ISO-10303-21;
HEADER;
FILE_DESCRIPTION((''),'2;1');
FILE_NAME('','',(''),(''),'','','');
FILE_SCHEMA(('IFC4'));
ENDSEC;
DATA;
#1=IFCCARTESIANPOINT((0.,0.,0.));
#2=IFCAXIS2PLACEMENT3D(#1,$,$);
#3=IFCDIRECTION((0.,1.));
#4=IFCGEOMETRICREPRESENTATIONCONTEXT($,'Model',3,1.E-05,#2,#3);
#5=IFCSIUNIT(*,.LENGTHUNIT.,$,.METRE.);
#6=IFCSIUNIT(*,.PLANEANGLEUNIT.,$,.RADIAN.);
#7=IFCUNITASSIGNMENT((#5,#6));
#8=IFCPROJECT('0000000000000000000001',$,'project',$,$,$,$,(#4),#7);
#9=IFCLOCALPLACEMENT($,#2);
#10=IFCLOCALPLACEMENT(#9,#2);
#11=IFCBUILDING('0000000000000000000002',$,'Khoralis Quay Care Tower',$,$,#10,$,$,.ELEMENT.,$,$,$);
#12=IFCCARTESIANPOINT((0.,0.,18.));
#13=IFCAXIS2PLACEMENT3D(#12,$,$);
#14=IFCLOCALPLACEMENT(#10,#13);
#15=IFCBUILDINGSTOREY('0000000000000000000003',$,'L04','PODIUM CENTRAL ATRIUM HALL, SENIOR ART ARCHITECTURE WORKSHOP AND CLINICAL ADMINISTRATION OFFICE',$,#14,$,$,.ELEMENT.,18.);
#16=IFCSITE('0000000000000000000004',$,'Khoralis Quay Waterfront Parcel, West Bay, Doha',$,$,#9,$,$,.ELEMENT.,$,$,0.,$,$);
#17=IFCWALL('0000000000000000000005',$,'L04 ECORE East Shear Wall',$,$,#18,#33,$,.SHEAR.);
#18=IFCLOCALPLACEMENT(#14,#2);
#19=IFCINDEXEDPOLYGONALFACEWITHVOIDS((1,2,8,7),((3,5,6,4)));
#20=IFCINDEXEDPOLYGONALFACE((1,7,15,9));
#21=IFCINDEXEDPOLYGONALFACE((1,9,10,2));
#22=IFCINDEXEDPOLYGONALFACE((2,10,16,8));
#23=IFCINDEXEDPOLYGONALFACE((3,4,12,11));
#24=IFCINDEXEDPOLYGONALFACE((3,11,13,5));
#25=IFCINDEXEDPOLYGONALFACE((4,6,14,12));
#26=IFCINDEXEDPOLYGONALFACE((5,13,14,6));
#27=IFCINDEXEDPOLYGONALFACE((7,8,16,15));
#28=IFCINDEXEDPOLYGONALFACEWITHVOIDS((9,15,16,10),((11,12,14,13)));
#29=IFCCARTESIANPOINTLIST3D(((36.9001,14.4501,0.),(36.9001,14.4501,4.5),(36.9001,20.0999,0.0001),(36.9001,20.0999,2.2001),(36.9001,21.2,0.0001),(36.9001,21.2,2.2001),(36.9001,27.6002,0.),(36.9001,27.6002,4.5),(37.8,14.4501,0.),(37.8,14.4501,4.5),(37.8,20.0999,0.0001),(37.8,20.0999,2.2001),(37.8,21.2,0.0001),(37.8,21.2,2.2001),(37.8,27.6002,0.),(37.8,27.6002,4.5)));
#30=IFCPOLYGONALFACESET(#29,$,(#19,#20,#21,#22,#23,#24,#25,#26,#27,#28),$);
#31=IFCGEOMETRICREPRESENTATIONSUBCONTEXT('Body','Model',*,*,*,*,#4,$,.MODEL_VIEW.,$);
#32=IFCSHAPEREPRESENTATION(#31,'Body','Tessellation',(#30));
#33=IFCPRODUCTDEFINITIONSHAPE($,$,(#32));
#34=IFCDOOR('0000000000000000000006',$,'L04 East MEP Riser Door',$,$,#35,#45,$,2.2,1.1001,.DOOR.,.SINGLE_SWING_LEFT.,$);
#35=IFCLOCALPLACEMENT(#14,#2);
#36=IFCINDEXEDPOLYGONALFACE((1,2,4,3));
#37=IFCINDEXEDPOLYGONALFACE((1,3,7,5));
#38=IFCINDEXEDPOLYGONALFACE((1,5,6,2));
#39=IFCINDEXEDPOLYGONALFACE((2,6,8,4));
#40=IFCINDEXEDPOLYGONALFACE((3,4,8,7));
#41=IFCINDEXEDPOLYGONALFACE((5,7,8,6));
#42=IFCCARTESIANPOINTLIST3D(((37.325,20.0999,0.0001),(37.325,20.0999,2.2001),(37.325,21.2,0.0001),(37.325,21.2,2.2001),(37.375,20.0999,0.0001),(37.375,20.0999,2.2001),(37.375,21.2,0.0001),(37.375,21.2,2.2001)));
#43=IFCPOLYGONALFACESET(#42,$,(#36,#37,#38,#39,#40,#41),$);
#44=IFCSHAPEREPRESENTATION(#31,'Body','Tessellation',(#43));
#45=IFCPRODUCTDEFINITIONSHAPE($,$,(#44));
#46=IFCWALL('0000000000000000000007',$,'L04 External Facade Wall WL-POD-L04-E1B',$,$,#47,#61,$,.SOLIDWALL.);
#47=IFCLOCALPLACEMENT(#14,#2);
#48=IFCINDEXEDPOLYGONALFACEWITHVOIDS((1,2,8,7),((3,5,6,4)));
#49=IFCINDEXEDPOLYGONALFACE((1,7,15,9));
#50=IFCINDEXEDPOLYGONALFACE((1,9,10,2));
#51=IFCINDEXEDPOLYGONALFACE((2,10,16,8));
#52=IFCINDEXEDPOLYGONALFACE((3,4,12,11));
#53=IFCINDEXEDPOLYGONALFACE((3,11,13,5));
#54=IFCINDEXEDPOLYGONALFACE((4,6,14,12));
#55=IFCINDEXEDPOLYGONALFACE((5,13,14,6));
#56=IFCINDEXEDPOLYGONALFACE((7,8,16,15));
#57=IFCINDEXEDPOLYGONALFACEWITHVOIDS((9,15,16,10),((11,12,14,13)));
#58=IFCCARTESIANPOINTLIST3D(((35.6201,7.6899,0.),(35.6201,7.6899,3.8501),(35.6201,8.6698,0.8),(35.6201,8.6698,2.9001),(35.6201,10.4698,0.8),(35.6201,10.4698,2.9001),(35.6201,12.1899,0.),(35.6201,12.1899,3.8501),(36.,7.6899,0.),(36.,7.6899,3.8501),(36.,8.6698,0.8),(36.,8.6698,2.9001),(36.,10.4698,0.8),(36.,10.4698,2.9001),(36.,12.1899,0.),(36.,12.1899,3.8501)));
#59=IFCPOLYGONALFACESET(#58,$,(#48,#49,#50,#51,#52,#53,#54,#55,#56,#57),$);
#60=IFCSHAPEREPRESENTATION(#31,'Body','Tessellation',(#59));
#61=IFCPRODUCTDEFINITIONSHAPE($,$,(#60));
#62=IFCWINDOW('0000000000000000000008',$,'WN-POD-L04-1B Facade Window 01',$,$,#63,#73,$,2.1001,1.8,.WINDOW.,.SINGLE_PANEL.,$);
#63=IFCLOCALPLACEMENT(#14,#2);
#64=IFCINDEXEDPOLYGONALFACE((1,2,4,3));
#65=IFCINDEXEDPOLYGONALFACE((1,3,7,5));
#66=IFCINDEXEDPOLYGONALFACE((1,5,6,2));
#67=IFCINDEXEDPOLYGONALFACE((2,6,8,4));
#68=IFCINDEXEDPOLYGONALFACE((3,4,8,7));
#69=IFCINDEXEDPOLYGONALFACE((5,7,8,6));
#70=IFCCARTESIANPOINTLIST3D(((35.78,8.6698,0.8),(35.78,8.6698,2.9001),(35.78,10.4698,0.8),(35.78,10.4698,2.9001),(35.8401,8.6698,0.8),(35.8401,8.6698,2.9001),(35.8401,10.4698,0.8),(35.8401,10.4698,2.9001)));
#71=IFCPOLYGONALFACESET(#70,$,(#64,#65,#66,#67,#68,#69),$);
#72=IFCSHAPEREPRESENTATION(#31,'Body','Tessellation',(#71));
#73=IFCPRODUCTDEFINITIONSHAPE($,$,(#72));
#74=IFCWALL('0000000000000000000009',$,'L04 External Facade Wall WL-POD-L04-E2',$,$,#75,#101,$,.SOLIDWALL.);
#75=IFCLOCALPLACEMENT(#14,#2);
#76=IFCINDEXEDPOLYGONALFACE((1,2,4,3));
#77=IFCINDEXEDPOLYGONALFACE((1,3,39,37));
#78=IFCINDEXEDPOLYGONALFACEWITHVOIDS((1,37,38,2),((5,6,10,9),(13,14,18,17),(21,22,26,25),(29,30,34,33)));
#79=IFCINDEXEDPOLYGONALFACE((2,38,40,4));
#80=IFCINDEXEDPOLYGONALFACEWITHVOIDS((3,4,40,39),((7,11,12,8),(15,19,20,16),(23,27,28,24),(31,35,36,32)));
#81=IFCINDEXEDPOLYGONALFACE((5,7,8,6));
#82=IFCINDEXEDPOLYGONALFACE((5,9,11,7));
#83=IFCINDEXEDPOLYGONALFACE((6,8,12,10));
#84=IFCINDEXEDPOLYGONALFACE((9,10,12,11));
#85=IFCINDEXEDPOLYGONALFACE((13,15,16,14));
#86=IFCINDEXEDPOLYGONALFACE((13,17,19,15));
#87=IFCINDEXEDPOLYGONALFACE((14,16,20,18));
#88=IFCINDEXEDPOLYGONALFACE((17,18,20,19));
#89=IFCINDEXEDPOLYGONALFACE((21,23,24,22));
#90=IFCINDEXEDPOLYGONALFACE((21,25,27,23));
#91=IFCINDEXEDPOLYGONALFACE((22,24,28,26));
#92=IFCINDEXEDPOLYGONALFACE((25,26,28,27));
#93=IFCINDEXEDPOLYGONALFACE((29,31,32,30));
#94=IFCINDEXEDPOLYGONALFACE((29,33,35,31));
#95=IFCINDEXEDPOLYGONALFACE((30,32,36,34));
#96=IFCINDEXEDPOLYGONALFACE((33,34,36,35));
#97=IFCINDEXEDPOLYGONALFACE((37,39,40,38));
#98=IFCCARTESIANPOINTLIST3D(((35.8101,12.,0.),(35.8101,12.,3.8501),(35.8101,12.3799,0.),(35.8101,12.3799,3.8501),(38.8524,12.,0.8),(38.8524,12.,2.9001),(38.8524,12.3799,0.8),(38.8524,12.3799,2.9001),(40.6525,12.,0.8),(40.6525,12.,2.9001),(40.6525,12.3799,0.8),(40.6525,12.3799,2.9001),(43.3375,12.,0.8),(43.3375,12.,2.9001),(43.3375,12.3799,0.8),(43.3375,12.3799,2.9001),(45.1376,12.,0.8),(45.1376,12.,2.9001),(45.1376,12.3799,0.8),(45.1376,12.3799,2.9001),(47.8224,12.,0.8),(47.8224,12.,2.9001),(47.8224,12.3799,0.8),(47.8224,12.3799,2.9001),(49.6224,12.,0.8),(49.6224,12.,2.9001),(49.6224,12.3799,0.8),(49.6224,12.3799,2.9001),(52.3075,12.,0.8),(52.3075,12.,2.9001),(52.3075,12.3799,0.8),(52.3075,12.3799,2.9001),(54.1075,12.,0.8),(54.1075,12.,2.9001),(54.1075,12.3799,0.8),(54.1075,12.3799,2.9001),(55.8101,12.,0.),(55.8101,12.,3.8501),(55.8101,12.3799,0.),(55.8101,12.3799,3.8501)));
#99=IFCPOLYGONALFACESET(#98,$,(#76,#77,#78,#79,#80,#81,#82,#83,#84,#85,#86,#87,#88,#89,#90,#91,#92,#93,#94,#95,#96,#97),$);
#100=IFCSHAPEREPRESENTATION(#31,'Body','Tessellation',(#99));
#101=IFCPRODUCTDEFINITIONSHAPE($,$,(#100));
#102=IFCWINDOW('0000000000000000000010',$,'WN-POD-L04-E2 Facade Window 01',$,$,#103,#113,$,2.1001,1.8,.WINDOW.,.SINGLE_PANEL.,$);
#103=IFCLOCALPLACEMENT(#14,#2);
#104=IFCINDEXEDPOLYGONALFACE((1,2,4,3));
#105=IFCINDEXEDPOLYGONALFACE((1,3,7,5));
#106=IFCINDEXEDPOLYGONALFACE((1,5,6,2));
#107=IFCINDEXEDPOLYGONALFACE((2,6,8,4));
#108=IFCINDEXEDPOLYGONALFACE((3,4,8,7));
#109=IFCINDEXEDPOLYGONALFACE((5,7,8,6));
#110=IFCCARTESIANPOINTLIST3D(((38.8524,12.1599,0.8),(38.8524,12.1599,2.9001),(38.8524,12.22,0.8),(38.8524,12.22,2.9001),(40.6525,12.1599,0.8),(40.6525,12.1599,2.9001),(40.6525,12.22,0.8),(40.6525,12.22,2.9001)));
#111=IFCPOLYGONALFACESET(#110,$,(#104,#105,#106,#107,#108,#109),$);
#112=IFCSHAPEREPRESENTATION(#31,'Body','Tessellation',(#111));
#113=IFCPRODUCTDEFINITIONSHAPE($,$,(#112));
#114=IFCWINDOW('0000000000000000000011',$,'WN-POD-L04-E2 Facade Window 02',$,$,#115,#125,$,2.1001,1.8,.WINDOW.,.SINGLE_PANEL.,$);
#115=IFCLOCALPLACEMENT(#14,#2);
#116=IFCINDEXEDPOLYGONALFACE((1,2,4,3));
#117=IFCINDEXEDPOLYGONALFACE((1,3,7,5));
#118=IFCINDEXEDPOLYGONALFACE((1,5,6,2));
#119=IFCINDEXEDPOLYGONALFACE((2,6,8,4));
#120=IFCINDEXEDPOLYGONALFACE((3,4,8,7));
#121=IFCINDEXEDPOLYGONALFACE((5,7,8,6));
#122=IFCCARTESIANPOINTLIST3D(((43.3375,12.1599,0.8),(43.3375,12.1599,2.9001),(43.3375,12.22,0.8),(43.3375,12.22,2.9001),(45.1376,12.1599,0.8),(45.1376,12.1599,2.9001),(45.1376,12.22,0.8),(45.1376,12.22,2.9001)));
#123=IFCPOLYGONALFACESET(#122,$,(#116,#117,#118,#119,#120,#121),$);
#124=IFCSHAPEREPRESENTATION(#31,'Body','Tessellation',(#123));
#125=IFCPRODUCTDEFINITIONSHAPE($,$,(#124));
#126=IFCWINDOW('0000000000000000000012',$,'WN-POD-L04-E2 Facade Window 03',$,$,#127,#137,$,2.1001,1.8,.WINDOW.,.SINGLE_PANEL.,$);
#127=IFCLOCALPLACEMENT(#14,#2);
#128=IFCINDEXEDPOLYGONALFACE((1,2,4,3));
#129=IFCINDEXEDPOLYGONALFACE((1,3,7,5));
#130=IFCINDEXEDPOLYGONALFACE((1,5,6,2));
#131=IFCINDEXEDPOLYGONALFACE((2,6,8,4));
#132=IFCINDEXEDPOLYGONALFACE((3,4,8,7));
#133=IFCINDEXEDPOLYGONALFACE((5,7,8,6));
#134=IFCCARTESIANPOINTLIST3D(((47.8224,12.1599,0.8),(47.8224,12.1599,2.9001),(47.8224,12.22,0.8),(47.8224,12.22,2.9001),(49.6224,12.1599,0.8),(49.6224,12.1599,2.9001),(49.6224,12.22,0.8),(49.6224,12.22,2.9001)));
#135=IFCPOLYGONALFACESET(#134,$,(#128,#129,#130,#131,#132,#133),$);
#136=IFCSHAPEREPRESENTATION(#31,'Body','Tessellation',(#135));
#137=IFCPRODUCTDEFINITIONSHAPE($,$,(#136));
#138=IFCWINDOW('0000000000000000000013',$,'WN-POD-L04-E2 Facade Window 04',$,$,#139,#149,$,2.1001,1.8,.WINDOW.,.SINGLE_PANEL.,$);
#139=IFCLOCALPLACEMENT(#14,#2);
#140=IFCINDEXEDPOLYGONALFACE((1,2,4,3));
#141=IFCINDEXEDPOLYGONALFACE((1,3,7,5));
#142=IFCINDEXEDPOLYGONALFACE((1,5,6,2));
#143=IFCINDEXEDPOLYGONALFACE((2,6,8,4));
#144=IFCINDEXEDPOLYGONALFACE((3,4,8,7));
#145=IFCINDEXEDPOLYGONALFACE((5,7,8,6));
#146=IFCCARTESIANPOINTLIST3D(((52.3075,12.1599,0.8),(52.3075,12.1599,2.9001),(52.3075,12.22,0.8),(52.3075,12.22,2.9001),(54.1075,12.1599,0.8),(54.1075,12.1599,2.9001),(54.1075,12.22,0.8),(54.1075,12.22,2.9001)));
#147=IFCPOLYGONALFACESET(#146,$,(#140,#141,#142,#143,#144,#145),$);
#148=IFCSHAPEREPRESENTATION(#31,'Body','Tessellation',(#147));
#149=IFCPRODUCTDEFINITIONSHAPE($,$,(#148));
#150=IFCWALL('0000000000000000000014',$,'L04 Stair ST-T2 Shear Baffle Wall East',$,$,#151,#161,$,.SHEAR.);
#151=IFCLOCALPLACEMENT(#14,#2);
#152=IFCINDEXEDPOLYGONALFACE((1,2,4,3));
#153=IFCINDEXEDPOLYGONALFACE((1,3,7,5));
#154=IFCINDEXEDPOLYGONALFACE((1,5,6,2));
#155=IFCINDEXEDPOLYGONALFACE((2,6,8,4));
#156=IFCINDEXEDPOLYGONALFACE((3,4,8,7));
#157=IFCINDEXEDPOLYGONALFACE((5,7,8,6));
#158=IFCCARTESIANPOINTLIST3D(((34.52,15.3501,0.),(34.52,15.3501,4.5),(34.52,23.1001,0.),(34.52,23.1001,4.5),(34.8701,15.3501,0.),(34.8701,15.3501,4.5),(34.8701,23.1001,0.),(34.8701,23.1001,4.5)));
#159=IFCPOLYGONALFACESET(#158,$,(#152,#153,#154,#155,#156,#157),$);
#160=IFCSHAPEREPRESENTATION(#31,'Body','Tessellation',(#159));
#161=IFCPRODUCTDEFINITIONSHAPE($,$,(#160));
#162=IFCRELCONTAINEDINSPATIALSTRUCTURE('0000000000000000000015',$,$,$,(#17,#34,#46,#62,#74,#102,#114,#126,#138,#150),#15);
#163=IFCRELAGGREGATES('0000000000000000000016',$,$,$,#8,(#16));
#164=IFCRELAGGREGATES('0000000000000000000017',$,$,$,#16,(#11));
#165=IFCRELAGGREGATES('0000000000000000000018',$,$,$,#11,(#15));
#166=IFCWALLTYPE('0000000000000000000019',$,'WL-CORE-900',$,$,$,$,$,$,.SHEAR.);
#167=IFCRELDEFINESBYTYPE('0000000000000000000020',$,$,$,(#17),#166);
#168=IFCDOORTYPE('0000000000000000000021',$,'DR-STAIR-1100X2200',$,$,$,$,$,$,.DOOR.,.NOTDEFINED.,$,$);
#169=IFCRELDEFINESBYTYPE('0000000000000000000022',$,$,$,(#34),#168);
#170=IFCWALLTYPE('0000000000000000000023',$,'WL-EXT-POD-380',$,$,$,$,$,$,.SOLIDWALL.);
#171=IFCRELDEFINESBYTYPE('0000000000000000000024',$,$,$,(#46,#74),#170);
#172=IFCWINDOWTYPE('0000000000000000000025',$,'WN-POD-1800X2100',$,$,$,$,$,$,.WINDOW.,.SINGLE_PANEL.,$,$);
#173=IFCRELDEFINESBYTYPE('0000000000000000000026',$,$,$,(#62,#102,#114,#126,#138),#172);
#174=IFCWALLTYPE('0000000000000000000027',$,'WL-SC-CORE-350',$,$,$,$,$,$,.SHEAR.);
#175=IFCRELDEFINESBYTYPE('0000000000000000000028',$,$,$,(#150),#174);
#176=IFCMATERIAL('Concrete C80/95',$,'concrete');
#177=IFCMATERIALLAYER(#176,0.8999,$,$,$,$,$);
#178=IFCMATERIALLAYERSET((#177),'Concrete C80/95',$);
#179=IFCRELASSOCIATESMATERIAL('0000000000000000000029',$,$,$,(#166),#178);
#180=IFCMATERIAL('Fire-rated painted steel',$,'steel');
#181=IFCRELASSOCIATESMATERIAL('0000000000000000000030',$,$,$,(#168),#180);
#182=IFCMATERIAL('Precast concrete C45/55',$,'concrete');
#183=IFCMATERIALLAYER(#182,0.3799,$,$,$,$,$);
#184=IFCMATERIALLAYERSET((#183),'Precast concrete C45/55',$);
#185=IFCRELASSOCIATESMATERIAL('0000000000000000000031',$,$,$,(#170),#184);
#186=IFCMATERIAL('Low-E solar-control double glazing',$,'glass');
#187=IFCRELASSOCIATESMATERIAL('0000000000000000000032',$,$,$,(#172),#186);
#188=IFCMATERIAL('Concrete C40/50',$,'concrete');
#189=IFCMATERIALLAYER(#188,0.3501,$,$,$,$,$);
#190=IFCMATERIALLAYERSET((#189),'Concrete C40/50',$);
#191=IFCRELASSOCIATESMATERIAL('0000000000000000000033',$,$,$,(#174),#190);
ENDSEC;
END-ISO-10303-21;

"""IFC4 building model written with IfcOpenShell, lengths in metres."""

from ifc_helpers import new_model, si_unit, direction, frame, frame_2d, origin, place, context, subcontext, project, spatial, rectangle, extrude, source, transform, mapped, material, layer, layer_set, type_object, element, fill, save


model = new_model("IFC4")

# Units and contexts
model_context = context("Model", 3, precision=1e-05, world=origin(), true_north=direction((0.0, 1.0)))
body_context = subcontext(model_context, "Body", "Model", "MODEL_VIEW")
ifc_project = project(units=[si_unit("LENGTHUNIT", "METRE"), si_unit("PLANEANGLEUNIT", "RADIAN")], contexts=[model_context])

# Site, building, storey
site_placement = place(None, origin())
site = spatial("IfcSite", under=ifc_project, at=site_placement, Name="Khoralis Quay Waterfront Parcel, West Bay, Doha", CompositionType="ELEMENT", RefElevation=0.0)
building_placement = place(site_placement, origin())
building = spatial("IfcBuilding", under=site, at=building_placement, Name="Khoralis Quay Care Tower", CompositionType="ELEMENT")
storey_placement = place(building_placement, frame((0.0, 0.0, 18.0)))
storey = spatial("IfcBuildingStorey", under=building, at=storey_placement, Name="L04", Description="PODIUM CENTRAL ATRIUM HALL, SENIOR ART ARCHITECTURE WORKSHOP AND CLINICAL ADMINISTRATION OFFICE", CompositionType="ELEMENT", Elevation=18.0)

# Shared definitions
ifc_material_1 = material(Name="Concrete C80/95", Category="concrete")

# Shared definitions
ifc_material_2 = material(Name="Low-E solar-control double glazing", Category="glass")

# Wall, opening, door
ifc_layer_1 = layer(ifc_material_1, 0.8999)
ifc_layer_set_1 = layer_set([ifc_layer_1], Name="Concrete C80/95")
wall_type_1 = type_object("IfcWallType", Name="WL-CORE-900", PredefinedType="SHEAR", material=ifc_layer_set_1)
wall_1_placement = place(storey_placement, frame((37.3501, 14.45, 0.0), z_axis=(0.0, 0.0, 1.0), x_axis=(0.0, 1.0, 0.0)))
wall_1 = element("IfcWall", 1, at=wall_1_placement, inside=storey, type_object=wall_type_1, Name="L04 ECORE East Shear Wall", PredefinedType="SHEAR", context=body_context, shape_type="SweptSolid", body=[
    extrude(rectangle(XDim=13.1501, YDim=0.8999, at=frame_2d((6.5752, 0.0))), origin(), (0.0, 0.0, 1.0), 4.5),
])
opening_1_placement = place(wall_1_placement, frame((5.6499, 0.0, 0.0)))
opening_1 = element("IfcOpeningElement", 2, at=opening_1_placement, cuts=wall_1, PredefinedType="OPENING", context=body_context, shape_type="SweptSolid", body=[
    extrude(rectangle(XDim=1.1001, YDim=2.2, at=frame_2d((0.55, 1.1001))), frame((0.0, 0.46, 0.0), z_axis=(0.0, -1.0, 0.0), x_axis=(1.0, 0.0, 0.0)), (0.0, 0.0, 1.0), 0.9199),
])
ifc_material_3 = material(Name="Fire-rated painted steel", Category="steel")
door_type = type_object("IfcDoorType", Name="DR-STAIR-1100X2200", OperationType="NOTDEFINED", PredefinedType="DOOR", material=ifc_material_3)
shared_shape_1 = source(origin(), body_context, "Body", "SweptSolid", [
    extrude(rectangle(XDim=1.1001, YDim=2.2, at=frame_2d((0.55, 1.1001))), frame((0.0, 0.0249, 0.0), z_axis=(0.0, -1.0, 0.0), x_axis=(1.0, 0.0, 0.0)), (0.0, 0.0, 1.0), 0.05),
])
door_placement = place(opening_1_placement, frame((1.1001, 0.0, 0.0), z_axis=(0.0, 0.0, 1.0), x_axis=(-1.0, 0.0, 0.0)))
door = element("IfcDoor", 3, at=door_placement, inside=storey, type_object=door_type, Name="L04 East MEP Riser Door", OperationType="SINGLE_SWING_LEFT", OverallHeight=2.2, OverallWidth=1.1001, PredefinedType="DOOR", context=body_context, shape_type="MappedRepresentation", body=[
    mapped(shared_shape_1, transform((0.0, 0.0, 0.0), scale=1.0)),
])
fill(opening_1, door)

# Wall, opening, window
ifc_material_4 = material(Name="Precast concrete C45/55", Category="concrete")
ifc_layer_2 = layer(ifc_material_4, 0.3799)
ifc_layer_set_2 = layer_set([ifc_layer_2], Name="Precast concrete C45/55")
wall_type_2 = type_object("IfcWallType", Name="WL-EXT-POD-380", PredefinedType="SOLIDWALL", material=ifc_layer_set_2)
wall_2_placement = place(storey_placement, frame((35.8101, 7.6899, 0.0), z_axis=(0.0, 0.0, 1.0), x_axis=(0.0, 1.0, 0.0)))
wall_2 = element("IfcWall", 4, at=wall_2_placement, inside=storey, type_object=wall_type_2, Name="L04 External Facade Wall WL-POD-L04-E1B", PredefinedType="SOLIDWALL", context=body_context, shape_type="SweptSolid", body=[
    extrude(rectangle(XDim=4.5, YDim=0.3799, at=frame_2d((2.25, 0.0))), origin(), (0.0, 0.0, 1.0), 3.8501),
])
opening_2_placement = place(wall_2_placement, frame((0.98, 0.0, 0.8)))
opening_2 = element("IfcOpeningElement", 5, at=opening_2_placement, cuts=wall_2, PredefinedType="OPENING", context=body_context, shape_type="SweptSolid", body=[
    extrude(rectangle(XDim=1.8, YDim=2.1001, at=frame_2d((0.8999, 1.05))), frame((0.0, 0.2, 0.0), z_axis=(0.0, -1.0, 0.0), x_axis=(1.0, 0.0, 0.0)), (0.0, 0.0, 1.0), 0.3999),
])
window_type = type_object("IfcWindowType", Name="WN-POD-1800X2100", PartitioningType="SINGLE_PANEL", PredefinedType="WINDOW", material=ifc_material_2)
shared_shape_2 = source(origin(), body_context, "Body", "SweptSolid", [
    extrude(rectangle(XDim=1.8, YDim=2.1001, at=frame_2d((0.8999, 1.05))), frame((0.0, 0.03, 0.0), z_axis=(0.0, -1.0, 0.0), x_axis=(1.0, 0.0, 0.0)), (0.0, 0.0, 1.0), 0.0601),
])
window_1_placement = place(opening_2_placement, origin())
window_1 = element("IfcWindow", 6, at=window_1_placement, inside=storey, type_object=window_type, Name="WN-POD-L04-1B Facade Window 01", OverallHeight=2.1001, OverallWidth=1.8, PartitioningType="SINGLE_PANEL", PredefinedType="WINDOW", context=body_context, shape_type="MappedRepresentation", body=[
    mapped(shared_shape_2, transform((0.0, 0.0, 0.0), scale=1.0)),
])
fill(opening_2, window_1)

# Wall, openings, windows
wall_3_placement = place(storey_placement, frame((35.8101, 12.1899, 0.0), z_axis=(0.0, 0.0, 1.0), x_axis=(1.0, 0.0, 0.0)))
wall_3 = element("IfcWall", 7, at=wall_3_placement, inside=storey, type_object=wall_type_2, Name="L04 External Facade Wall WL-POD-L04-E2", PredefinedType="SOLIDWALL", context=body_context, shape_type="SweptSolid", body=[
    extrude(rectangle(XDim=20.0, YDim=0.3799, at=frame_2d((10.0, 0.0))), origin(), (0.0, 0.0, 1.0), 3.8501),
])
opening_3_placement = place(wall_3_placement, frame((3.0425, 0.0, 0.8)))
opening_3 = element("IfcOpeningElement", 8, at=opening_3_placement, cuts=wall_3, PredefinedType="OPENING", context=body_context, shape_type="SweptSolid", body=[
    extrude(rectangle(XDim=1.8, YDim=2.1001, at=frame_2d((0.8999, 1.05))), frame((0.0, 0.2, 0.0), z_axis=(0.0, -1.0, 0.0), x_axis=(1.0, 0.0, 0.0)), (0.0, 0.0, 1.0), 0.3999),
])
opening_4_placement = place(wall_3_placement, frame((7.5276, 0.0, 0.8)))
opening_4 = element("IfcOpeningElement", 9, at=opening_4_placement, cuts=wall_3, PredefinedType="OPENING", context=body_context, shape_type="SweptSolid", body=[
    extrude(rectangle(XDim=1.8, YDim=2.1001, at=frame_2d((0.8999, 1.05))), frame((0.0, 0.2, 0.0), z_axis=(0.0, -1.0, 0.0), x_axis=(1.0, 0.0, 0.0)), (0.0, 0.0, 1.0), 0.3999),
])
opening_5_placement = place(wall_3_placement, frame((12.0125, 0.0, 0.8)))
opening_5 = element("IfcOpeningElement", 10, at=opening_5_placement, cuts=wall_3, PredefinedType="OPENING", context=body_context, shape_type="SweptSolid", body=[
    extrude(rectangle(XDim=1.8, YDim=2.1001, at=frame_2d((0.8999, 1.05))), frame((0.0, 0.2, 0.0), z_axis=(0.0, -1.0, 0.0), x_axis=(1.0, 0.0, 0.0)), (0.0, 0.0, 1.0), 0.3999),
])
opening_6_placement = place(wall_3_placement, frame((16.4976, 0.0, 0.8)))
opening_6 = element("IfcOpeningElement", 11, at=opening_6_placement, cuts=wall_3, PredefinedType="OPENING", context=body_context, shape_type="SweptSolid", body=[
    extrude(rectangle(XDim=1.8, YDim=2.1001, at=frame_2d((0.8999, 1.05))), frame((0.0, 0.2, 0.0), z_axis=(0.0, -1.0, 0.0), x_axis=(1.0, 0.0, 0.0)), (0.0, 0.0, 1.0), 0.3999),
])
window_2_placement = place(opening_3_placement, origin())
window_2 = element("IfcWindow", 12, at=window_2_placement, inside=storey, type_object=window_type, Name="WN-POD-L04-E2 Facade Window 01", OverallHeight=2.1001, OverallWidth=1.8, PartitioningType="SINGLE_PANEL", PredefinedType="WINDOW", context=body_context, shape_type="MappedRepresentation", body=[
    mapped(shared_shape_2, transform((0.0, 0.0, 0.0), scale=1.0)),
])
fill(opening_3, window_2)
window_3_placement = place(opening_4_placement, origin())
window_3 = element("IfcWindow", 13, at=window_3_placement, inside=storey, type_object=window_type, Name="WN-POD-L04-E2 Facade Window 02", OverallHeight=2.1001, OverallWidth=1.8, PartitioningType="SINGLE_PANEL", PredefinedType="WINDOW", context=body_context, shape_type="MappedRepresentation", body=[
    mapped(shared_shape_2, transform((0.0, 0.0, 0.0), scale=1.0)),
])
fill(opening_4, window_3)
window_4_placement = place(opening_5_placement, origin())
window_4 = element("IfcWindow", 14, at=window_4_placement, inside=storey, type_object=window_type, Name="WN-POD-L04-E2 Facade Window 03", OverallHeight=2.1001, OverallWidth=1.8, PartitioningType="SINGLE_PANEL", PredefinedType="WINDOW", context=body_context, shape_type="MappedRepresentation", body=[
    mapped(shared_shape_2, transform((0.0, 0.0, 0.0), scale=1.0)),
])
fill(opening_5, window_4)
window_5_placement = place(opening_6_placement, origin())
window_5 = element("IfcWindow", 15, at=window_5_placement, inside=storey, type_object=window_type, Name="WN-POD-L04-E2 Facade Window 04", OverallHeight=2.1001, OverallWidth=1.8, PartitioningType="SINGLE_PANEL", PredefinedType="WINDOW", context=body_context, shape_type="MappedRepresentation", body=[
    mapped(shared_shape_2, transform((0.0, 0.0, 0.0), scale=1.0)),
])
fill(opening_6, window_5)

# Wall
ifc_material_5 = material(Name="Concrete C40/50", Category="concrete")
ifc_layer_3 = layer(ifc_material_5, 0.3501)
ifc_layer_set_3 = layer_set([ifc_layer_3], Name="Concrete C40/50")
wall_type_3 = type_object("IfcWallType", Name="WL-SC-CORE-350", PredefinedType="SHEAR", material=ifc_layer_set_3)
wall_4_placement = place(storey_placement, frame((34.6951, 15.3501, 0.0), z_axis=(0.0, 0.0, 1.0), x_axis=(0.0, 1.0, 0.0)))
element("IfcWall", 16, at=wall_4_placement, inside=storey, type_object=wall_type_3, Name="L04 Stair ST-T2 Shear Baffle Wall East", PredefinedType="SHEAR", context=body_context, shape_type="SweptSolid", body=[
    extrude(rectangle(XDim=7.75, YDim=0.3501, at=frame_2d((3.875, 0.0))), origin(), (0.0, 0.0, 1.0), 4.5),
])

save(model, "model.ifc")
